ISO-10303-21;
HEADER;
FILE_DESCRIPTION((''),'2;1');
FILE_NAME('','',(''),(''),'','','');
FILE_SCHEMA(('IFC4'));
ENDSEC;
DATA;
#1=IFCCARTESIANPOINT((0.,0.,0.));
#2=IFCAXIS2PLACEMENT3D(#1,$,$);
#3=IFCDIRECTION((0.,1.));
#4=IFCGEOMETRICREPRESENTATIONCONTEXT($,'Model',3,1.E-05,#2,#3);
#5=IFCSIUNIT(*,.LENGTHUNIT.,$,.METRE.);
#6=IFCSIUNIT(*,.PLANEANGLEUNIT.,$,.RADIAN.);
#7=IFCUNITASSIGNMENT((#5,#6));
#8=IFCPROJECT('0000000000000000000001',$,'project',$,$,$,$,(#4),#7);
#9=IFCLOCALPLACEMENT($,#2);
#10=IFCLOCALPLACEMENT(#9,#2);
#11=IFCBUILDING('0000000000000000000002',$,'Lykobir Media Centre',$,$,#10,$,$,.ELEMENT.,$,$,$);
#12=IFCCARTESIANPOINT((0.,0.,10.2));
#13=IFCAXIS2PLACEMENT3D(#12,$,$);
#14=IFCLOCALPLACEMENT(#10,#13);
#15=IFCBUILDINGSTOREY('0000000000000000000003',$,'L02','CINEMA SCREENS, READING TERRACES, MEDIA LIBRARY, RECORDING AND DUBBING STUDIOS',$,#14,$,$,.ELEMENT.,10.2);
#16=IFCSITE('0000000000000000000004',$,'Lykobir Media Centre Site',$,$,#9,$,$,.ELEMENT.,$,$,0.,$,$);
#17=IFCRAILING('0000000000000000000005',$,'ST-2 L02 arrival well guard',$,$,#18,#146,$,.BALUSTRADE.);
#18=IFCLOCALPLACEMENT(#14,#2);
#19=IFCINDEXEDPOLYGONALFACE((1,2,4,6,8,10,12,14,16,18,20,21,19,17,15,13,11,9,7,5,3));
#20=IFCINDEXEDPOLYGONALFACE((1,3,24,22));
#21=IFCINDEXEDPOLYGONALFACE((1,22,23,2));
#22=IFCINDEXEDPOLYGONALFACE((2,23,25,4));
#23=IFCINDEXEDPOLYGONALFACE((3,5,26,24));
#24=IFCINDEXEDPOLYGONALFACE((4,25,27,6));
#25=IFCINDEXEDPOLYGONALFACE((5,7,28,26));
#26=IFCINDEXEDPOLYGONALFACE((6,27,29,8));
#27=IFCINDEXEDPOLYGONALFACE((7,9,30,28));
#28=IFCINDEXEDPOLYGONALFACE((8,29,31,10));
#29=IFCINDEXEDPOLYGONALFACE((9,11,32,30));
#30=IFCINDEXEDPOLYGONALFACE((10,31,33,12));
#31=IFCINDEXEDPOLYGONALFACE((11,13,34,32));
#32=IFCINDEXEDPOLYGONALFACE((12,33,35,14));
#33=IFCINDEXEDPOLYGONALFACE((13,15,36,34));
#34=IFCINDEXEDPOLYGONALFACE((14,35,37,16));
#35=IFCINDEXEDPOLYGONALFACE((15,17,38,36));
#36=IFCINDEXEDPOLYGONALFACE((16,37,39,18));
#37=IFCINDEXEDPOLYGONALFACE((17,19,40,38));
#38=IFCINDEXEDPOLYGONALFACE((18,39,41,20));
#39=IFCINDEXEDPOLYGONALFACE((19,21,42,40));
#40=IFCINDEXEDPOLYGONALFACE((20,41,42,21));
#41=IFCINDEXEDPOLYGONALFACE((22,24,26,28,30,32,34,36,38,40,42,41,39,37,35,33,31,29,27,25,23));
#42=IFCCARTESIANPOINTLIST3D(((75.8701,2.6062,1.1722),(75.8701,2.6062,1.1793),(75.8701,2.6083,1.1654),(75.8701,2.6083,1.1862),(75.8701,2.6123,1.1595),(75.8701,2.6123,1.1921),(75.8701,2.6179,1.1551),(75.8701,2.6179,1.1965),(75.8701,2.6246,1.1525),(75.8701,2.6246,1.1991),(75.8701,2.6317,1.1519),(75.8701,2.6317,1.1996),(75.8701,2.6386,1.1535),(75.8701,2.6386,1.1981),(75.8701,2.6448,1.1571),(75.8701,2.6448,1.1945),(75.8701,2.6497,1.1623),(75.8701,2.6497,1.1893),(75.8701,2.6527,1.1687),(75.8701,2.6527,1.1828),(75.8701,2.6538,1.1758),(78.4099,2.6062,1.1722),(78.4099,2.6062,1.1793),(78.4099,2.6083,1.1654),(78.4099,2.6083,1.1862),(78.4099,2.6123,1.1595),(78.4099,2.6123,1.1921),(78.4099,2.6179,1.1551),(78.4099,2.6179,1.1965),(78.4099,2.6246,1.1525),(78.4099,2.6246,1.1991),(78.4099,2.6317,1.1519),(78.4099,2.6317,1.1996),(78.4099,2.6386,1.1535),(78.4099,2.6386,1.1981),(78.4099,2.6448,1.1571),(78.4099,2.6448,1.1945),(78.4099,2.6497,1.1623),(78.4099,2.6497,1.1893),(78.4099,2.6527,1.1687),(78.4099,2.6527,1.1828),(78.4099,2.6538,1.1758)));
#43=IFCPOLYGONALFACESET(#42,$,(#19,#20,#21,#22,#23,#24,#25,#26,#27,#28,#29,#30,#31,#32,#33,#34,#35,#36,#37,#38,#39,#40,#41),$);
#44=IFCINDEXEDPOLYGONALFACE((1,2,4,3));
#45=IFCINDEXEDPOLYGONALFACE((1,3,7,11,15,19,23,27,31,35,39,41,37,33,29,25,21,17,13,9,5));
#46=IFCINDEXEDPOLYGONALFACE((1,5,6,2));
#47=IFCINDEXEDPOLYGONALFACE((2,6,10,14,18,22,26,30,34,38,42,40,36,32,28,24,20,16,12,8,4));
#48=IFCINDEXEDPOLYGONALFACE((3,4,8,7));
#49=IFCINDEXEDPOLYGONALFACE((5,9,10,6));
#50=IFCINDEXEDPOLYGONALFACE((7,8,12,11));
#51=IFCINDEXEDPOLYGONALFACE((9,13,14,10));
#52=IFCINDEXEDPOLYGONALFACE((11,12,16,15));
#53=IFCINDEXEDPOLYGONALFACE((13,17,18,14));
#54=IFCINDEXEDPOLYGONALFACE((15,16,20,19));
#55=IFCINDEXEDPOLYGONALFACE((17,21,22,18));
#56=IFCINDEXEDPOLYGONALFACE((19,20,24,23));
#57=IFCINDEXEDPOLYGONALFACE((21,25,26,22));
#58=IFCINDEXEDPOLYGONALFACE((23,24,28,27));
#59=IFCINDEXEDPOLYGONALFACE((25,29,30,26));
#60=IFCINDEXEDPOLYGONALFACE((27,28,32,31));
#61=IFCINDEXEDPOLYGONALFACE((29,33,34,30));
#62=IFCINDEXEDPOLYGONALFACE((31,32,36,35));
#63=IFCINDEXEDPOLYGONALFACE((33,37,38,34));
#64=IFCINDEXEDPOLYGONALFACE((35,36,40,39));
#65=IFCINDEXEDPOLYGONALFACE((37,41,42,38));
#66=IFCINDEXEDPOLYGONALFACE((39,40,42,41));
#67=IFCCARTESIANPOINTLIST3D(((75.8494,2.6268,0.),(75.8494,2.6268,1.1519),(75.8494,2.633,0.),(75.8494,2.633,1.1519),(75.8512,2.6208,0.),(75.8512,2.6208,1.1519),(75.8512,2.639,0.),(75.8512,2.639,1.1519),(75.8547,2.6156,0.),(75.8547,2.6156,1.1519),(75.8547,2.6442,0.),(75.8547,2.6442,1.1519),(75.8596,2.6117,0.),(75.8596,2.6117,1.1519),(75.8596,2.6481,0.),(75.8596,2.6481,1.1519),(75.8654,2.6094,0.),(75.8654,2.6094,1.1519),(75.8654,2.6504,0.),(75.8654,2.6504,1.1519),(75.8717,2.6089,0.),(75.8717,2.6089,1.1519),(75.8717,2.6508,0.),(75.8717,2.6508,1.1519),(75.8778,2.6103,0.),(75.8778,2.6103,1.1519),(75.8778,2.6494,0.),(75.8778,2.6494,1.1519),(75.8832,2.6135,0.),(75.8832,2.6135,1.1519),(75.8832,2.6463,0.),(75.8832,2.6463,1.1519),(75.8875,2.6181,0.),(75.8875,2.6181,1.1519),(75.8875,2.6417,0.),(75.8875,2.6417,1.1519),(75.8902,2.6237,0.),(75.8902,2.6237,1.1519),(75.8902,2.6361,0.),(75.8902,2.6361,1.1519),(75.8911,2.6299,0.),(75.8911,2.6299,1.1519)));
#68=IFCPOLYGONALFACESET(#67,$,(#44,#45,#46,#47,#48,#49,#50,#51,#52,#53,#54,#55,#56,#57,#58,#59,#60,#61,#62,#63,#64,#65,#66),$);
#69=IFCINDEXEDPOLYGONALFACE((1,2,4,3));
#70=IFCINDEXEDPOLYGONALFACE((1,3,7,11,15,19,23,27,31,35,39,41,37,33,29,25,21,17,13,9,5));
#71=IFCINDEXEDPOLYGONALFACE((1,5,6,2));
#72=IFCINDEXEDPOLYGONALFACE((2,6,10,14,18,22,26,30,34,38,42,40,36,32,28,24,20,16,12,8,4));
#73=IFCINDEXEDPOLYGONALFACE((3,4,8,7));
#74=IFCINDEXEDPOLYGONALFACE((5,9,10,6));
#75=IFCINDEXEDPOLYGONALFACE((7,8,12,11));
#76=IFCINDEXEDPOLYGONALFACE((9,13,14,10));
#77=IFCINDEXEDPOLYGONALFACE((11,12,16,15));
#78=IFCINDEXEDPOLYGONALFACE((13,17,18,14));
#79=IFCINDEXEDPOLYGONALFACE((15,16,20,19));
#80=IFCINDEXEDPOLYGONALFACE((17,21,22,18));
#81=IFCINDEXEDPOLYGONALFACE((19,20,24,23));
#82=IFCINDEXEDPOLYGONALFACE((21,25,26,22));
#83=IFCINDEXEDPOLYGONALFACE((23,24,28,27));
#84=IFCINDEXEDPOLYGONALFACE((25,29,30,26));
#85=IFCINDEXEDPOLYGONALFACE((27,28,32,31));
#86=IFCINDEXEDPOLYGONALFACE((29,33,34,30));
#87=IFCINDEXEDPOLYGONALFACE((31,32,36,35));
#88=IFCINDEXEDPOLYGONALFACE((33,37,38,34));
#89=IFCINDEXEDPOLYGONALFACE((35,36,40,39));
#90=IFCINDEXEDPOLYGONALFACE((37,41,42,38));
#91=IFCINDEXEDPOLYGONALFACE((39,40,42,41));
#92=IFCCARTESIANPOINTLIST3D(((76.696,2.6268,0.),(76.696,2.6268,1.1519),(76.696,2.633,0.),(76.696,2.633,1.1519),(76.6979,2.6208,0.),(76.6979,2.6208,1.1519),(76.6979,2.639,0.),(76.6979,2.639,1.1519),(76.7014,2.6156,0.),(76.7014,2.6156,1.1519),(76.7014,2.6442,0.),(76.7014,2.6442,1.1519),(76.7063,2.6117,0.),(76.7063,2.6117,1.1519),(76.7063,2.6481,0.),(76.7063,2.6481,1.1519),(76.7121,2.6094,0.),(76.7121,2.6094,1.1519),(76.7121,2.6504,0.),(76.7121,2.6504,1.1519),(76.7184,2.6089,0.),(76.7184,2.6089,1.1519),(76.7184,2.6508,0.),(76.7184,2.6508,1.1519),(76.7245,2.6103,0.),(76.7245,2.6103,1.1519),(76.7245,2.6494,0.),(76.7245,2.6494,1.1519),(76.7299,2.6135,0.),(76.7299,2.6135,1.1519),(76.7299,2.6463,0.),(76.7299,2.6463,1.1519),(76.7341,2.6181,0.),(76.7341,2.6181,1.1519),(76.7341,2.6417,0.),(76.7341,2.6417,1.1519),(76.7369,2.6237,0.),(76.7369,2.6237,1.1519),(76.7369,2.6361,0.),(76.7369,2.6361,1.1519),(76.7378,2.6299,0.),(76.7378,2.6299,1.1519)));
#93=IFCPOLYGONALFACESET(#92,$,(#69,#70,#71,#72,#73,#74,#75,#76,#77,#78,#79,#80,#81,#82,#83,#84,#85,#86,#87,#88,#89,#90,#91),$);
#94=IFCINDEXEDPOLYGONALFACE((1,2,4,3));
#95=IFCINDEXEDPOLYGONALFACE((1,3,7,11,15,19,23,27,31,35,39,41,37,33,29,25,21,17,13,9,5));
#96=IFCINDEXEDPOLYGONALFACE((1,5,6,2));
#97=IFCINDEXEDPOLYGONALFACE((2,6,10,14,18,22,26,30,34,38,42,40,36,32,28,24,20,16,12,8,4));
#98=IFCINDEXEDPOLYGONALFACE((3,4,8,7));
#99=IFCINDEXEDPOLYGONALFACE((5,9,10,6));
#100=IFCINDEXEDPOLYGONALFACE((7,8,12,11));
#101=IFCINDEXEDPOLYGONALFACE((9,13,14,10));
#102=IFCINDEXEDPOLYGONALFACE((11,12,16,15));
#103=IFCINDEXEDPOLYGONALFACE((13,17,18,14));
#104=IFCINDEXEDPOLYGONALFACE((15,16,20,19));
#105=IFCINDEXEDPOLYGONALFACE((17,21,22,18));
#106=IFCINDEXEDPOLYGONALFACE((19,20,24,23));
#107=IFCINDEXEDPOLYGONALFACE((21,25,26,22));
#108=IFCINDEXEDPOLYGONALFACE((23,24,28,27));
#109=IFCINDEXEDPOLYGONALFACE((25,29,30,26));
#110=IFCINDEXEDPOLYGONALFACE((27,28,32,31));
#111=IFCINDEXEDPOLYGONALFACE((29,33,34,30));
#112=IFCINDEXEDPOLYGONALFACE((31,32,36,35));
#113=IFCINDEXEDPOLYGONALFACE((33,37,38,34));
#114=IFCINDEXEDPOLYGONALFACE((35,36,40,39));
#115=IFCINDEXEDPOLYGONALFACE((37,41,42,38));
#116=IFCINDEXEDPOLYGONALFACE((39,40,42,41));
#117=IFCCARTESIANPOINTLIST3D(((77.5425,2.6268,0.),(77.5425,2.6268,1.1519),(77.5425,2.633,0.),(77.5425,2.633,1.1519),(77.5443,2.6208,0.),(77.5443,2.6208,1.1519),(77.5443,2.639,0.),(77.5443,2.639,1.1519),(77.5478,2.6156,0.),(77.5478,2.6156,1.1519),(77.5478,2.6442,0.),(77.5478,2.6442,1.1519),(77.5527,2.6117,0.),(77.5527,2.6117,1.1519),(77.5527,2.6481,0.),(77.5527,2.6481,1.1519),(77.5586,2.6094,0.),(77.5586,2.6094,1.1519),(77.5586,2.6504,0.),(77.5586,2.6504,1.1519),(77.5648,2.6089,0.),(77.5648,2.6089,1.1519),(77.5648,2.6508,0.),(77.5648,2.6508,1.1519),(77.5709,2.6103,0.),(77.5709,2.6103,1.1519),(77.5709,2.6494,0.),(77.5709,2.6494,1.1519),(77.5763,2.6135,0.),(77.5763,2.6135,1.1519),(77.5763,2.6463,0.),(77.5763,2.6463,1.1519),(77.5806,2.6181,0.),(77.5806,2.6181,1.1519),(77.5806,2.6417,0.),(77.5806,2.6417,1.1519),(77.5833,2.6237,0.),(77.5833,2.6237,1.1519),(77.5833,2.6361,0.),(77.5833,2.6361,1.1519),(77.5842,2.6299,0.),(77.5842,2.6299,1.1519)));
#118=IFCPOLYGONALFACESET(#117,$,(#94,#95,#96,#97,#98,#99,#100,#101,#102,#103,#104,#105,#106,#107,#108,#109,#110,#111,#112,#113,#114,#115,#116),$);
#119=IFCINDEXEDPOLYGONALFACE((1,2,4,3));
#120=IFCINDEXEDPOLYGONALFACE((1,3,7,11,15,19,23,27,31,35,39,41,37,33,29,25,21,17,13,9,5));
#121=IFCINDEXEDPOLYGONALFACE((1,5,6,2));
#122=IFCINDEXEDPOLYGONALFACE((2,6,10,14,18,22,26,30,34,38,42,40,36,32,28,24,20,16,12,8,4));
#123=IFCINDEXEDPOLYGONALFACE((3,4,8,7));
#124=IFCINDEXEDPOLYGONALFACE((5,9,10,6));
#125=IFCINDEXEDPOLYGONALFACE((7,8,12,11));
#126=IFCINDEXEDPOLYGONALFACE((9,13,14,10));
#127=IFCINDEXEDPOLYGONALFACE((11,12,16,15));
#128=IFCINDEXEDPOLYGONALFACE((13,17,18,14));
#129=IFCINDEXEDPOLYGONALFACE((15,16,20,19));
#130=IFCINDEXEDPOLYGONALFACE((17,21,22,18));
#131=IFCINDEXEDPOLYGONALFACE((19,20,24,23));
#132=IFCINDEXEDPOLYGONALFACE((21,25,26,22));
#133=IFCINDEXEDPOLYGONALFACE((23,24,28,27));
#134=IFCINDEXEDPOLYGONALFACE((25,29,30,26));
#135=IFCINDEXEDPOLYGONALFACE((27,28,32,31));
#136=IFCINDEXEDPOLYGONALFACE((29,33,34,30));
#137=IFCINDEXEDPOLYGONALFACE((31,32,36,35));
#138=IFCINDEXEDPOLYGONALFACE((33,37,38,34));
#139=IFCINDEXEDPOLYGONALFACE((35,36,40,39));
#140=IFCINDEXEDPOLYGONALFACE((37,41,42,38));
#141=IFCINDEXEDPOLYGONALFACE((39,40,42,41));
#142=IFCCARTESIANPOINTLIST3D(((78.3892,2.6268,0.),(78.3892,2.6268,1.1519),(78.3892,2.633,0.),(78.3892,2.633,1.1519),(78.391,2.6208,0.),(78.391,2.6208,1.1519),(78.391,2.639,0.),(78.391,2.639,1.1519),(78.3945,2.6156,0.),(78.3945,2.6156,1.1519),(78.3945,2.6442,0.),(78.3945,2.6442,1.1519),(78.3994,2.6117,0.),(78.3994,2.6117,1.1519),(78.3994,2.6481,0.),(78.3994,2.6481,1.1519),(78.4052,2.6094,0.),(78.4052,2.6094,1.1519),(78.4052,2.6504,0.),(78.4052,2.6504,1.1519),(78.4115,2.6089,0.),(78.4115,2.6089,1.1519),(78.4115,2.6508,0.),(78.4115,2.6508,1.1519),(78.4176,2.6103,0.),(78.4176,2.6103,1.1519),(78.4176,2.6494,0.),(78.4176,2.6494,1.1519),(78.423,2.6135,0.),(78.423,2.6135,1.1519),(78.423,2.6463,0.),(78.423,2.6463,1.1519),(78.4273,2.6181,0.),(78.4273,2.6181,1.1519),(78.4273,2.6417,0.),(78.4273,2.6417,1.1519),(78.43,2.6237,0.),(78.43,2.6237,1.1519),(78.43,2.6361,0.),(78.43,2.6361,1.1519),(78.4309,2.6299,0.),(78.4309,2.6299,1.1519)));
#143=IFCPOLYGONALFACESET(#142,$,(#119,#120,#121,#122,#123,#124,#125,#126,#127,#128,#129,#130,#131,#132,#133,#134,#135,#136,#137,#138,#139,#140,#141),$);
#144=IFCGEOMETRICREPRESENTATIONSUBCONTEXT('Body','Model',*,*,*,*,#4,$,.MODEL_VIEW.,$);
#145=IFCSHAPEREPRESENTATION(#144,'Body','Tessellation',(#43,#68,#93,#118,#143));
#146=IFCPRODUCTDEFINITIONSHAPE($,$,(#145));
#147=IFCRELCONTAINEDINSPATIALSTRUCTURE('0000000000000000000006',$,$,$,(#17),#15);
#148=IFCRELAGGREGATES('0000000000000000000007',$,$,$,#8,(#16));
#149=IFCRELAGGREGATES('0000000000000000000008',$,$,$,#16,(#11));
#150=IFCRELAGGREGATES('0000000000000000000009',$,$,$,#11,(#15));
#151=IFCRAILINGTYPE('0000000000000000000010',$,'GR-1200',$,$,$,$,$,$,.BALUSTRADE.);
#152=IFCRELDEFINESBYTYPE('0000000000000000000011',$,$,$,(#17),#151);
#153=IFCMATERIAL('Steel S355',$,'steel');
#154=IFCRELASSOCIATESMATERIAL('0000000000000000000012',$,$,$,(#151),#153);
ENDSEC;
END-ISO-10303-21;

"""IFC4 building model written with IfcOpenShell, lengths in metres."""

from ifc_helpers import new_model, si_unit, direction, frame, origin, origin_2d, place, context, subcontext, project, spatial, circle, extrude, material, type_object, element, save


model = new_model("IFC4")

# Units and contexts
model_context = context("Model", 3, precision=1e-05, world=origin(), true_north=direction((0.0, 1.0)))
body_context = subcontext(model_context, "Body", "Model", "MODEL_VIEW")
ifc_project = project(units=[si_unit("LENGTHUNIT", "METRE"), si_unit("PLANEANGLEUNIT", "RADIAN")], contexts=[model_context])

# Site, building, storey
site_placement = place(None, origin())
site = spatial("IfcSite", under=ifc_project, at=site_placement, Name="Lykobir Media Centre Site", CompositionType="ELEMENT", RefElevation=0.0)
building_placement = place(site_placement, origin())
building = spatial("IfcBuilding", under=site, at=building_placement, Name="Lykobir Media Centre", CompositionType="ELEMENT")
storey_placement = place(building_placement, frame((0.0, 0.0, 10.2)))
storey = spatial("IfcBuildingStorey", under=building, at=storey_placement, Name="L02", Description="CINEMA SCREENS, READING TERRACES, MEDIA LIBRARY, RECORDING AND DUBBING STUDIOS", CompositionType="ELEMENT", Elevation=10.2)

# Shared definitions
ifc_material_1 = material(Name="Steel S355", Category="steel")

# Railing
railing_type_1 = type_object("IfcRailingType", Name="GR-1200", PredefinedType="BALUSTRADE", material=ifc_material_1)
railing_1_placement = place(storey_placement, frame((75.8701, 2.6299, 0.0)))
element("IfcRailing", 1, at=railing_1_placement, inside=storey, type_object=railing_type_1, Name="ST-2 L02 arrival well guard", PredefinedType="BALUSTRADE", context=body_context, shape_type="SweptSolid", body=[
    extrude(circle(Radius=0.0239, at=origin_2d()), frame((0.0, 0.0, 1.1758), z_axis=(1.0, 0.0, 0.0), x_axis=(0.0, 1.0, 0.0)), (0.0, 0.0, 1.0), 2.5398),
    extrude(circle(Radius=0.021, at=origin_2d()), origin(), (0.0, 0.0, 1.0), 1.1519),
    extrude(circle(Radius=0.021, at=origin_2d()), frame((0.8467, 0.0, 0.0)), (0.0, 0.0, 1.0), 1.1519),
    extrude(circle(Radius=0.021, at=origin_2d()), frame((1.6931, 0.0, 0.0)), (0.0, 0.0, 1.0), 1.1519),
    extrude(circle(Radius=0.021, at=origin_2d()), frame((2.5398, 0.0, 0.0)), (0.0, 0.0, 1.0), 1.1519),
])

save(model, "model.ifc")
